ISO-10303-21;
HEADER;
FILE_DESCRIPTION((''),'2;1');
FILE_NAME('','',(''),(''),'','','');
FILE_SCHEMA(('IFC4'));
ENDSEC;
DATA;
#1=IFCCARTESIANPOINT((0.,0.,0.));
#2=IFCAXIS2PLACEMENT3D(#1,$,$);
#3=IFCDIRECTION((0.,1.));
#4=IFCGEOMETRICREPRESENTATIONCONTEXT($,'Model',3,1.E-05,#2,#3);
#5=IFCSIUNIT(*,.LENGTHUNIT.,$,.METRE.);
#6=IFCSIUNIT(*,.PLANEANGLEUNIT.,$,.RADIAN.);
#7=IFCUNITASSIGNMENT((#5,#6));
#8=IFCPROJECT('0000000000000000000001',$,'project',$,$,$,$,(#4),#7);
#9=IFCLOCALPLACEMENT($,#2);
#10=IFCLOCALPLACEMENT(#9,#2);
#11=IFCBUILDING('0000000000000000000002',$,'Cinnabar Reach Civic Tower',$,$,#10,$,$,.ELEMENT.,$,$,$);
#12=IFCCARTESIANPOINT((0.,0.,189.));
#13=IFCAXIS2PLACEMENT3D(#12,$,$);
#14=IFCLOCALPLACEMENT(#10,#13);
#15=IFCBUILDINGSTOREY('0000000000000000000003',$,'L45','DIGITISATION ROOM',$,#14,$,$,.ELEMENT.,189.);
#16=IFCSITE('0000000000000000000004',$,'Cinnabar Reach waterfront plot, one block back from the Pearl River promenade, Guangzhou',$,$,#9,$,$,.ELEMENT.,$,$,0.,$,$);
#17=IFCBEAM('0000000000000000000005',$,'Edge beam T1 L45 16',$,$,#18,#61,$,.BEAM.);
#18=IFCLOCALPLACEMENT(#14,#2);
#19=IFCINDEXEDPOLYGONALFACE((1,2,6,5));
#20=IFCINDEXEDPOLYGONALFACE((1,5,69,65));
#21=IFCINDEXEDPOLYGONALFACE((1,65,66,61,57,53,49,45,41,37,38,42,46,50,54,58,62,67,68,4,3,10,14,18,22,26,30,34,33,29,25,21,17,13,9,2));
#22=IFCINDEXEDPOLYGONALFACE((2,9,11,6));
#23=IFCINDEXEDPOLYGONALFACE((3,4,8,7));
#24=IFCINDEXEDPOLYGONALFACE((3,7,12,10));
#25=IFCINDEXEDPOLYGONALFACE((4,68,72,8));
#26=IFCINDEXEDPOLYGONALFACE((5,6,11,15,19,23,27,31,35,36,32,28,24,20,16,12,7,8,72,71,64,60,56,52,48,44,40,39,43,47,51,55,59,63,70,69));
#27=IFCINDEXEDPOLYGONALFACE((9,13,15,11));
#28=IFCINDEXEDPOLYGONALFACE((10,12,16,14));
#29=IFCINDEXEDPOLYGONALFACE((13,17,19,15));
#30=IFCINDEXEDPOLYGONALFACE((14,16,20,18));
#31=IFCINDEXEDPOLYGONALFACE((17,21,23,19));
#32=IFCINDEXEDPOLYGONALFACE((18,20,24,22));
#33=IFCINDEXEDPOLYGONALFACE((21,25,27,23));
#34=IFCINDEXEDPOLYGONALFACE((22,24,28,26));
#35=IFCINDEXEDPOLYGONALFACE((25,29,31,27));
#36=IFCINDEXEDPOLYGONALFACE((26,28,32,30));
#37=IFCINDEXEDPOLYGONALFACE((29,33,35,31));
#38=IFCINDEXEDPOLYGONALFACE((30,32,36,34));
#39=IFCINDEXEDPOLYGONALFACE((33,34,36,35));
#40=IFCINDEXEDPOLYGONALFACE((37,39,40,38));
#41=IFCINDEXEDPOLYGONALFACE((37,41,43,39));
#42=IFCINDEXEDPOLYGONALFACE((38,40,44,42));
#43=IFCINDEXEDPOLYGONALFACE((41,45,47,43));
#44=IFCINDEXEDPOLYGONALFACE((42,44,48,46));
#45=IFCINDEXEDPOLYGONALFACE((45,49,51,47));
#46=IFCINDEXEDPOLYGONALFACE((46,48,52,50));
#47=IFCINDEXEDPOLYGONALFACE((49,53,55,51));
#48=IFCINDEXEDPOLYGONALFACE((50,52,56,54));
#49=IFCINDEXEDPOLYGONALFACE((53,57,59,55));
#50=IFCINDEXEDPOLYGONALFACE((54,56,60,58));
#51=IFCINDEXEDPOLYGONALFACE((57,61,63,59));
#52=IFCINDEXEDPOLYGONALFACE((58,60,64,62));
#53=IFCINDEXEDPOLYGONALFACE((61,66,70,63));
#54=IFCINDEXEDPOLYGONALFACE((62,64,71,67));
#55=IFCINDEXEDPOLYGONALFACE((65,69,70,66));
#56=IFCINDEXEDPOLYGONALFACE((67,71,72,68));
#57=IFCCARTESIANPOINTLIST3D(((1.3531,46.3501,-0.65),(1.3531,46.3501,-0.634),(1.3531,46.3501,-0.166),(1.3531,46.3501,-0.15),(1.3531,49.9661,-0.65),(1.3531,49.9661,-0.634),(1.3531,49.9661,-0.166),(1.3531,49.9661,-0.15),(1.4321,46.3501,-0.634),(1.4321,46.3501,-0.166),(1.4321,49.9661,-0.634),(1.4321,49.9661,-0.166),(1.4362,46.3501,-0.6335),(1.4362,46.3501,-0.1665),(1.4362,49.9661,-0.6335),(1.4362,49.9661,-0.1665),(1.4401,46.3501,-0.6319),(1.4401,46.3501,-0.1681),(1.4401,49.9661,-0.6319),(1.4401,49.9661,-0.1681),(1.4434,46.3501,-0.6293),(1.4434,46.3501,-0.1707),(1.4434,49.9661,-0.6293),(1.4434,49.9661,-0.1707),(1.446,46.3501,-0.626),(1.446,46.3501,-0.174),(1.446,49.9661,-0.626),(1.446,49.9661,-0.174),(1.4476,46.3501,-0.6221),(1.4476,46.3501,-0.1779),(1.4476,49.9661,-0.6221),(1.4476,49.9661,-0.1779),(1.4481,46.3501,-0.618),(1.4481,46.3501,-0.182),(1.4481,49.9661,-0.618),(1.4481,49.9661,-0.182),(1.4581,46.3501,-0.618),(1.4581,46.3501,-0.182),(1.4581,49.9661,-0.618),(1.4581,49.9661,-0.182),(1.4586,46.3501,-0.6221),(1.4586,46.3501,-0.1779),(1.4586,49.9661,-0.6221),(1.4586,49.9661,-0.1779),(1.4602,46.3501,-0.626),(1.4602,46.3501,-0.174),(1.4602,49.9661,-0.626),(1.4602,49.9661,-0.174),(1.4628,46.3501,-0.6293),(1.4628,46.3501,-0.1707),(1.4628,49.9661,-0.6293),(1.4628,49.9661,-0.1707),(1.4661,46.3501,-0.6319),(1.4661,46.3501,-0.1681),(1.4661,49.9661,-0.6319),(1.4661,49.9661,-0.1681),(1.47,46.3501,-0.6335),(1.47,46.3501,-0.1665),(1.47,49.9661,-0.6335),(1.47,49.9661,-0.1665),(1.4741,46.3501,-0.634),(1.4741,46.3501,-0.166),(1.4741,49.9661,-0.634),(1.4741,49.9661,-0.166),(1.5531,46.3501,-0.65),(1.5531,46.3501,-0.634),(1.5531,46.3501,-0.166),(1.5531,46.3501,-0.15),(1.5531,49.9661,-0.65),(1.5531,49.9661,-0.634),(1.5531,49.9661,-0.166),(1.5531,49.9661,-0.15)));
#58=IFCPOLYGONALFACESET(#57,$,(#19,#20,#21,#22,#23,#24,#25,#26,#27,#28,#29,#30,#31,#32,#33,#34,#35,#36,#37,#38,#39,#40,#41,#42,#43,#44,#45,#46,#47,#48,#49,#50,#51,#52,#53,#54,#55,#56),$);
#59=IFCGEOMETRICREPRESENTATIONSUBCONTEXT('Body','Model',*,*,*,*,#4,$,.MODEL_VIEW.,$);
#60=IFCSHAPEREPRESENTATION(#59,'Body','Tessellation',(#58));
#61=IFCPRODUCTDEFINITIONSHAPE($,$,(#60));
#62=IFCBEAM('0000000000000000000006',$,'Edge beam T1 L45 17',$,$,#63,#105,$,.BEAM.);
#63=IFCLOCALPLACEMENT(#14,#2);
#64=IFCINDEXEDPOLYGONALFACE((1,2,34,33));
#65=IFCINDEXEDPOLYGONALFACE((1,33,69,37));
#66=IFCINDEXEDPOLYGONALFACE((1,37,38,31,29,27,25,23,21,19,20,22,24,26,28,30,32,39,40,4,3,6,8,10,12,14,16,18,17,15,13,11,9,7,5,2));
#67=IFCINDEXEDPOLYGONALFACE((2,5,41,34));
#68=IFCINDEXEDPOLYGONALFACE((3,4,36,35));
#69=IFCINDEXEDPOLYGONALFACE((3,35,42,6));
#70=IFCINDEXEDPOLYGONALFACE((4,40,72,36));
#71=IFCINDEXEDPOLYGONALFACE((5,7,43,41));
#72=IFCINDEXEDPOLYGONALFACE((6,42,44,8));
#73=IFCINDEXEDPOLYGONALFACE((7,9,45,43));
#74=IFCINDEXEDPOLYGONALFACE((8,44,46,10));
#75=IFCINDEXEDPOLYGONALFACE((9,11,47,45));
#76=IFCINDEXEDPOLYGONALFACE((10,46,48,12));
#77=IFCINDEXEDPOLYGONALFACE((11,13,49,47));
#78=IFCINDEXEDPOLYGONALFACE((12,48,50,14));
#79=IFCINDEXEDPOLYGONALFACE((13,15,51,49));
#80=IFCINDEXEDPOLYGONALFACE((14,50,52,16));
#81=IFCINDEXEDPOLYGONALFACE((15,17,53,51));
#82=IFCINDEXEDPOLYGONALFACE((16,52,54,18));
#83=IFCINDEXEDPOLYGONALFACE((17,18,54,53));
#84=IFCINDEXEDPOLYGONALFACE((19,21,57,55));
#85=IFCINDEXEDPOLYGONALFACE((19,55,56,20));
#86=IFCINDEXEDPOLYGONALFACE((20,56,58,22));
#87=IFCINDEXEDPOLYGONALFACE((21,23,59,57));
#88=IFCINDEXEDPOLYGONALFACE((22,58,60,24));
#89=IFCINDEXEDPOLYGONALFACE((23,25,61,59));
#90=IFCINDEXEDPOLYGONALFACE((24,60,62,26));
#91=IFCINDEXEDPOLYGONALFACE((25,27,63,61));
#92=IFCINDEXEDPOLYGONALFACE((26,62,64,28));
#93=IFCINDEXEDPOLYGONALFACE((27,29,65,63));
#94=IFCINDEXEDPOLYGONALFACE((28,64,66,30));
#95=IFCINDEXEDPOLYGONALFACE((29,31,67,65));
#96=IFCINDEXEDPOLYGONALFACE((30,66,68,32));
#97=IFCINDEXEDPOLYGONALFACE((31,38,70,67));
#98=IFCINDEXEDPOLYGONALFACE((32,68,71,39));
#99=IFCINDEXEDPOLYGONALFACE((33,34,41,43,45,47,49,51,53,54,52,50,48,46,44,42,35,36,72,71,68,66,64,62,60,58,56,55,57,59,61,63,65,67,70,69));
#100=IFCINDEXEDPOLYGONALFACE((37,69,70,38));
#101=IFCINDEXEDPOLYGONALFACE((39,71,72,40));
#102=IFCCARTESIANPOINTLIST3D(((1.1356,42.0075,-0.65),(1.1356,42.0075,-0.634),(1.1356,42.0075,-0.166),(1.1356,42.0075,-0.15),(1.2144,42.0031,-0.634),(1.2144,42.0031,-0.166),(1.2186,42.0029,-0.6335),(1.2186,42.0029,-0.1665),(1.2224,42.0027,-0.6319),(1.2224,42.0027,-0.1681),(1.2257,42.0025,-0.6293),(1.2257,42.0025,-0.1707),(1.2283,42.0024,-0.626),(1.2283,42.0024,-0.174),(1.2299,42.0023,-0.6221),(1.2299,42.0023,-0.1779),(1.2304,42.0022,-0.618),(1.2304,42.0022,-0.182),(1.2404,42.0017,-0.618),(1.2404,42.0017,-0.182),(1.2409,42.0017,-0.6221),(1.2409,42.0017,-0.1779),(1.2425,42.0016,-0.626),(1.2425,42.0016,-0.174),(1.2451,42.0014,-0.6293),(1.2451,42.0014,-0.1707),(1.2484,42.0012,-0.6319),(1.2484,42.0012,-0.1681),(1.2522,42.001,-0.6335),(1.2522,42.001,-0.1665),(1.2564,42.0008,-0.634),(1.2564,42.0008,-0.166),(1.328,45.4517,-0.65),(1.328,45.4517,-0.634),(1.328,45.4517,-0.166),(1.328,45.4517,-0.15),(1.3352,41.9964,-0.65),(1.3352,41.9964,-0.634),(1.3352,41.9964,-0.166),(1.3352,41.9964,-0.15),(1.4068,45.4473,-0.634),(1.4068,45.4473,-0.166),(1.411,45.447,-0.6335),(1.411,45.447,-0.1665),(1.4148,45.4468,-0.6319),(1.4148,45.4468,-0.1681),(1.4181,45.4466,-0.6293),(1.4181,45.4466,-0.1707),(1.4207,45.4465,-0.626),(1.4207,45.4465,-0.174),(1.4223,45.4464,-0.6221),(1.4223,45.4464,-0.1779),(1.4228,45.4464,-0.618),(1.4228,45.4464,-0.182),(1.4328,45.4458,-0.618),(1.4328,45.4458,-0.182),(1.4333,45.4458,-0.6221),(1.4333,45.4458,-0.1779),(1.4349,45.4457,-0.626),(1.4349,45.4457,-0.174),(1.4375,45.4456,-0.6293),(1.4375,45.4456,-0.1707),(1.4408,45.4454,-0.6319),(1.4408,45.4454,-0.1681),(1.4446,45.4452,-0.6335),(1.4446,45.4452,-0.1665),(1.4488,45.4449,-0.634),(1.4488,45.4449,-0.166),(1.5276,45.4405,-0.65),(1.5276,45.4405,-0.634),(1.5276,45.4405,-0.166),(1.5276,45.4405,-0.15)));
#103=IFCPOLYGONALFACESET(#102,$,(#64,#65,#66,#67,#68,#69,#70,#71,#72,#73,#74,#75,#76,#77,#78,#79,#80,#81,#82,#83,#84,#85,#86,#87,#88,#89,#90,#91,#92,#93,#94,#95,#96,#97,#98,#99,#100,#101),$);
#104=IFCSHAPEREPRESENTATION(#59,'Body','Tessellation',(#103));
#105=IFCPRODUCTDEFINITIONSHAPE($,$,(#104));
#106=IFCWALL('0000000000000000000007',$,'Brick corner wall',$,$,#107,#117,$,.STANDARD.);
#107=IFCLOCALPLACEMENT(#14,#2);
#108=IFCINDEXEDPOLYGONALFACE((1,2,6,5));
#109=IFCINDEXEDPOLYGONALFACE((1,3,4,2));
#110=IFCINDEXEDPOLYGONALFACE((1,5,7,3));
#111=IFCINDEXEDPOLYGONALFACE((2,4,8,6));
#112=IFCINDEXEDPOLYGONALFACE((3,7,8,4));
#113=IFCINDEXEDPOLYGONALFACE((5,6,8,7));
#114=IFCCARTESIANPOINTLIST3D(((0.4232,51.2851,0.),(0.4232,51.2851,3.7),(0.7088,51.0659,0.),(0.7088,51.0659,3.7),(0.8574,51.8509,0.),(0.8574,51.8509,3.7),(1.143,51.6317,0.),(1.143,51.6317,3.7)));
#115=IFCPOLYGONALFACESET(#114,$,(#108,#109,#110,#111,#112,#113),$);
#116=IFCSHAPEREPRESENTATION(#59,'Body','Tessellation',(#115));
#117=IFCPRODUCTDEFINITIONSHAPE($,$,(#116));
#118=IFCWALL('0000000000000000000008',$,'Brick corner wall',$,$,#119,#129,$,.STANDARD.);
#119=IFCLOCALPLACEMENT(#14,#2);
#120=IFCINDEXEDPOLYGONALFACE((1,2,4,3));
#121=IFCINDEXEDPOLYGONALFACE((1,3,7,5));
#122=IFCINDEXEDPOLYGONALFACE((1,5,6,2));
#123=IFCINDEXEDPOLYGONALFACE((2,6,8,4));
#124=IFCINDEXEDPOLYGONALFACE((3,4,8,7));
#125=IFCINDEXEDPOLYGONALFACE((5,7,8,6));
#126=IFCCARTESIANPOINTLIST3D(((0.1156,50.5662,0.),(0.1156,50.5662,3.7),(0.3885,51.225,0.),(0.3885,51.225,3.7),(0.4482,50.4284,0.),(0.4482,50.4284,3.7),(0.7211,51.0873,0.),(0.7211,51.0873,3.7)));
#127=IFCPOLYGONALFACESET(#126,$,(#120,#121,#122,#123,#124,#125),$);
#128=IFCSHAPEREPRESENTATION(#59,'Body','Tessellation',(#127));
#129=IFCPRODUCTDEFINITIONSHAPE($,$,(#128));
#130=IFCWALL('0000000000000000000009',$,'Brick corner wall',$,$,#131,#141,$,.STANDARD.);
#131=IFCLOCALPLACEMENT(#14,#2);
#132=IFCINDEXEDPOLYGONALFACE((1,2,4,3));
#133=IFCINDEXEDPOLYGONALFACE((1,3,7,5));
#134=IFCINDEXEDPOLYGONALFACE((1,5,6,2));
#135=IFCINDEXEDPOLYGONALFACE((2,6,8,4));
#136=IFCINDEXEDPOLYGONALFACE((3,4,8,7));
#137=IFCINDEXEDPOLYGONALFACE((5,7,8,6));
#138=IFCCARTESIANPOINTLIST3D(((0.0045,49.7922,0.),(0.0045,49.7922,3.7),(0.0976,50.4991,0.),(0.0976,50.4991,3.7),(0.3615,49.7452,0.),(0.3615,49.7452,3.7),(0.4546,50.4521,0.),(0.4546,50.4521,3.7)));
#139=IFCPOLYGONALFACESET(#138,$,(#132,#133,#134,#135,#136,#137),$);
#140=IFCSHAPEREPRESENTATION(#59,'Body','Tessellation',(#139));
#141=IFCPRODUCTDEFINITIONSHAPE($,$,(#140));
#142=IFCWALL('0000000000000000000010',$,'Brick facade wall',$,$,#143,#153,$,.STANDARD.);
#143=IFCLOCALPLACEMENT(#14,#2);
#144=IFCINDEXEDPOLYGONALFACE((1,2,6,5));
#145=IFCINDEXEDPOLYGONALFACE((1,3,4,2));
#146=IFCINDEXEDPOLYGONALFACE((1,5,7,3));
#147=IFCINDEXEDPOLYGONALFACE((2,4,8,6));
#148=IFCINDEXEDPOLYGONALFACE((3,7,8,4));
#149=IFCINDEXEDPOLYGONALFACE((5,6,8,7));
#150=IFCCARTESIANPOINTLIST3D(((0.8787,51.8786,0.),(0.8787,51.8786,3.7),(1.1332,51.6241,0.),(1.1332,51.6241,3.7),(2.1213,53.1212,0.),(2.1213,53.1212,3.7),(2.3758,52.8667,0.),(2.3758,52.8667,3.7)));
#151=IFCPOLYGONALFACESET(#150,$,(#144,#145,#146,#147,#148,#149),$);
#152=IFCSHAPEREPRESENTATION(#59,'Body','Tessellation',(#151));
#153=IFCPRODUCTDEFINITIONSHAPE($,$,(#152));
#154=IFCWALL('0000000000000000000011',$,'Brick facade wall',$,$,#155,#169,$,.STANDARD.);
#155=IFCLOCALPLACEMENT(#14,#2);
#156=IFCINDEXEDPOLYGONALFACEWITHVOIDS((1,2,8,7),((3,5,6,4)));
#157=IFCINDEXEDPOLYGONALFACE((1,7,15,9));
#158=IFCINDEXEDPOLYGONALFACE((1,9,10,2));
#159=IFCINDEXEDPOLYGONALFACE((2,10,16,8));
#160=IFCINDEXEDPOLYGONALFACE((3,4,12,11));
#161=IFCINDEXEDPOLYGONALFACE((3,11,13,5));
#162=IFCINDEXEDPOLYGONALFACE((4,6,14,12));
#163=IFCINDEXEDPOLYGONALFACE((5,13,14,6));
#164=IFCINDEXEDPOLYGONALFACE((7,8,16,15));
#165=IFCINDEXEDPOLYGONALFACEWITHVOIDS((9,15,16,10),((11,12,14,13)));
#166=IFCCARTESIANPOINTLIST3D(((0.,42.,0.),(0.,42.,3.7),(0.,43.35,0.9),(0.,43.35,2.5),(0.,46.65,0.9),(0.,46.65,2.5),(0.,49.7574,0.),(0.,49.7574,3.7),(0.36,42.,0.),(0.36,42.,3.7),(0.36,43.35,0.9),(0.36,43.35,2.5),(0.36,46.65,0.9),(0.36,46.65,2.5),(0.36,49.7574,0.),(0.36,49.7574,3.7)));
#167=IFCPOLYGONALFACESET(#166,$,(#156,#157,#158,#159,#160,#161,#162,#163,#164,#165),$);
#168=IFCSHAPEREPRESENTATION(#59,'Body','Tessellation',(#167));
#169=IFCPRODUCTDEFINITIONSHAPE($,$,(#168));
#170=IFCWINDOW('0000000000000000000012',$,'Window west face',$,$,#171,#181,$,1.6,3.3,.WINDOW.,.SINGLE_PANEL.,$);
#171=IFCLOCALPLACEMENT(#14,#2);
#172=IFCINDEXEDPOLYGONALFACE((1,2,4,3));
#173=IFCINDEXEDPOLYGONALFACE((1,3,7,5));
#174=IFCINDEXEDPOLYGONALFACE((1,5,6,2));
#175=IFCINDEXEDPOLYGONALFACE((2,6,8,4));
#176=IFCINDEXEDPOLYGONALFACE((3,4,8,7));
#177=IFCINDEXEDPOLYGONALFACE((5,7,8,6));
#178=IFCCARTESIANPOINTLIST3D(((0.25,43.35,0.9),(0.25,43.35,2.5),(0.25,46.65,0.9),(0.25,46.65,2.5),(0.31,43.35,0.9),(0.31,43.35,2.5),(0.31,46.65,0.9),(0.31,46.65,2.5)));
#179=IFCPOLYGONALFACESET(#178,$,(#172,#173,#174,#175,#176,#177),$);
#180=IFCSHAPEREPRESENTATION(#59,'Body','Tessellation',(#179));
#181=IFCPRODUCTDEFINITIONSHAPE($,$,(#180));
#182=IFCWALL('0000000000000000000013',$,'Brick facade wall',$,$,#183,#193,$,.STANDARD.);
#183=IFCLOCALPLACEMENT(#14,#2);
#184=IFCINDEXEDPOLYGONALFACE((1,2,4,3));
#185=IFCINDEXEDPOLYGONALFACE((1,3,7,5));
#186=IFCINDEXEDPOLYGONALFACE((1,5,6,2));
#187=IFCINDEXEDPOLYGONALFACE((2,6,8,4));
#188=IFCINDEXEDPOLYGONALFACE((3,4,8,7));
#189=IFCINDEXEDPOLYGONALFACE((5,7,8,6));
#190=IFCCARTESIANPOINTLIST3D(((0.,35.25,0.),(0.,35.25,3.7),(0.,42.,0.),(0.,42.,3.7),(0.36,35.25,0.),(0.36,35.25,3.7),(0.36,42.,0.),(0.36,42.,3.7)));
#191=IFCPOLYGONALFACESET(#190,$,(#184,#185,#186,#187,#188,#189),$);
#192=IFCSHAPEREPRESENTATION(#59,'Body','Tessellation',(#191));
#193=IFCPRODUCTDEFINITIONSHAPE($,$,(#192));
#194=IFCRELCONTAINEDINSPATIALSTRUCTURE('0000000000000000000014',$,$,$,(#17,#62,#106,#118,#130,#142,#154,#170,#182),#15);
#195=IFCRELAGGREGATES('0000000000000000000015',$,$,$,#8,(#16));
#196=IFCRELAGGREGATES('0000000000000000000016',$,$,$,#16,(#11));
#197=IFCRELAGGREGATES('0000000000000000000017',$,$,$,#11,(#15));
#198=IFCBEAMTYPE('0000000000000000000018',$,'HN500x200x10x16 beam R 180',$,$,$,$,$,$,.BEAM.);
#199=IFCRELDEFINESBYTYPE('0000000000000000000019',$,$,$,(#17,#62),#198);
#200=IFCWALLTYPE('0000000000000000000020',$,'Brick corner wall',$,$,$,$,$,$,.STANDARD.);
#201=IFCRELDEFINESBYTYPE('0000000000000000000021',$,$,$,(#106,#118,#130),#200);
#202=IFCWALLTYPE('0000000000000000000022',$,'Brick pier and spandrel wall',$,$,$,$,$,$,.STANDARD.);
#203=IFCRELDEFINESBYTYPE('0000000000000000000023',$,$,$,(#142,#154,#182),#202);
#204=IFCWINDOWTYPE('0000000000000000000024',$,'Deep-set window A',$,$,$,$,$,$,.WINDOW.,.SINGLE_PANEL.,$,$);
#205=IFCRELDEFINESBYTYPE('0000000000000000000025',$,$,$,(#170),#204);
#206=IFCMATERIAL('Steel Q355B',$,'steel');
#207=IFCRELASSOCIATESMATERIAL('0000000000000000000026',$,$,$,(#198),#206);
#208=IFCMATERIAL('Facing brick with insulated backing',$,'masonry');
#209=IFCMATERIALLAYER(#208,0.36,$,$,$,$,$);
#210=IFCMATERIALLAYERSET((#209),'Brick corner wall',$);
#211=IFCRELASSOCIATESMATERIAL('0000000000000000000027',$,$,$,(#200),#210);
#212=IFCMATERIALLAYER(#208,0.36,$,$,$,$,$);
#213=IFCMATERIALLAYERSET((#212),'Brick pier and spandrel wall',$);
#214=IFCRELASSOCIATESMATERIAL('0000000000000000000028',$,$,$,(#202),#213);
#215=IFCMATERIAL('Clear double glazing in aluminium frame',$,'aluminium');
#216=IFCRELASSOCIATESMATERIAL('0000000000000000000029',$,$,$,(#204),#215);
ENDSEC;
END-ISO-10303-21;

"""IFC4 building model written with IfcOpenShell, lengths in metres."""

from ifc_helpers import new_model, si_unit, direction, frame, frame_2d, origin, origin_2d, place, context, subcontext, project, spatial, rectangle, i_section, extrude, material, layer, layer_set, material_profile, profile_set, type_object, element, fill, save


model = new_model("IFC4")

# Units and contexts
model_context = context("Model", 3, precision=1e-05, world=origin(), true_north=direction((0.0, 1.0)))
body_context = subcontext(model_context, "Body", "Model", "MODEL_VIEW")
ifc_project = project(units=[si_unit("LENGTHUNIT", "METRE"), si_unit("PLANEANGLEUNIT", "RADIAN")], contexts=[model_context])

# Site, building, storey
site_placement = place(None, origin())
site = spatial("IfcSite", under=ifc_project, at=site_placement, Name="Cinnabar Reach waterfront plot, one block back from the Pearl River promenade, Guangzhou", CompositionType="ELEMENT", RefElevation=0.0)
building_placement = place(site_placement, origin())
building = spatial("IfcBuilding", under=site, at=building_placement, Name="Cinnabar Reach Civic Tower", CompositionType="ELEMENT")
storey_placement = place(building_placement, frame((0.0, 0.0, 189.0)))
storey = spatial("IfcBuildingStorey", under=building, at=storey_placement, Name="L45", Description="DIGITISATION ROOM", CompositionType="ELEMENT", Elevation=189.0)

# Beams
ifc_material_1 = material(Name="Steel Q355B", Category="steel")
ifc_material_profile_1 = material_profile(ifc_material_1, i_section(OverallWidth=0.2, OverallDepth=0.5, WebThickness=0.01, FlangeThickness=0.016, FilletRadius=0.016, at=origin_2d()), Name="HN500x200x10x16")
ifc_profile_set_1 = profile_set([ifc_material_profile_1], Name="Steel Q355B")
beam_type_1 = type_object("IfcBeamType", Name="HN500x200x10x16 beam R 180", PredefinedType="BEAM", material=ifc_profile_set_1)
beam_1_placement = place(storey_placement, frame((1.4531, 49.9661, -0.4), z_axis=(0.0, -1.0, 0.0), x_axis=(1.0, 0.0, 0.0)))
element("IfcBeam", 1, at=beam_1_placement, inside=storey, type_object=beam_type_1, Name="Edge beam T1 L45 16", PredefinedType="BEAM", context=body_context, shape_type="SweptSolid", body=[
    extrude(i_section(OverallWidth=0.2, OverallDepth=0.5, WebThickness=0.01, FlangeThickness=0.016, FilletRadius=0.016, at=origin_2d()), origin(), (0.0, 0.0, 1.0), 3.616),
])
beam_2_placement = place(storey_placement, frame((1.4278, 45.4461, -0.4), z_axis=(-0.055777, -0.998443, 0.0), x_axis=(0.998443, -0.055777, 0.0)))
element("IfcBeam", 2, at=beam_2_placement, inside=storey, type_object=beam_type_1, Name="Edge beam T1 L45 17", PredefinedType="BEAM", context=body_context, shape_type="SweptSolid", body=[
    extrude(i_section(OverallWidth=0.2, OverallDepth=0.5, WebThickness=0.01, FlangeThickness=0.016, FilletRadius=0.016, at=origin_2d()), origin(), (0.0, 0.0, 1.0), 3.4495),
])

# Walls
ifc_material_2 = material(Name="Facing brick with insulated backing", Category="masonry")
ifc_layer_1 = layer(ifc_material_2, 0.36)
ifc_layer_set_1 = layer_set([ifc_layer_1], Name="Brick corner wall")
wall_type_1 = type_object("IfcWallType", Name="Brick corner wall", PredefinedType="STANDARD", material=ifc_layer_set_1)
wall_1_placement = place(storey_placement, frame((1.0002, 51.7413, 0.0), z_axis=(0.0, 0.0, 1.0), x_axis=(-0.608802, -0.793322, 0.0)))
element("IfcWall", 3, at=wall_1_placement, inside=storey, type_object=wall_type_1, Name="Brick corner wall", PredefinedType="STANDARD", context=body_context, shape_type="SweptSolid", body=[
    extrude(rectangle(XDim=0.7132, YDim=0.36, at=frame_2d((0.3566, 0.0))), origin(), (0.0, 0.0, 1.0), 3.7),
])
for number, where, z_axis, x_axis, name in (
    (4, (0.5548, 51.1561, 0.0), (0.0, 0.0, 1.0), (-0.382703, -0.923872, 0.0), "Brick corner wall"),
    (5, (0.2761, 50.4756, 0.0), (0.0, 0.0, 1.0), (-0.130556, -0.991441, 0.0), "Brick corner wall"),
):
    element("IfcWall", number, at=place(storey_placement, frame(where, z_axis=z_axis, x_axis=x_axis)), inside=storey, type_object=wall_type_1, Name=name, PredefinedType="STANDARD", context=body_context, shape_type="SweptSolid", body=[
        extrude(rectangle(XDim=0.7131, YDim=0.36, at=frame_2d((0.3565, 0.0))), origin(), (0.0, 0.0, 1.0), 3.7),
    ])
ifc_layer_2 = layer(ifc_material_2, 0.36)
ifc_layer_set_2 = layer_set([ifc_layer_2], Name="Brick pier and spandrel wall")
wall_type_2 = type_object("IfcWallType", Name="Brick pier and spandrel wall", PredefinedType="STANDARD", material=ifc_layer_set_2)
wall_2_placement = place(storey_placement, frame((2.2486, 52.994, 0.0), z_axis=(0.0, 0.0, 1.0), x_axis=(-0.707107, -0.707107, 0.0)))
element("IfcWall", 6, at=wall_2_placement, inside=storey, type_object=wall_type_2, Name="Brick facade wall", PredefinedType="STANDARD", context=body_context, shape_type="SweptSolid", body=[
    extrude(rectangle(XDim=1.7573, YDim=0.36, at=frame_2d((0.8787, 0.0))), origin(), (0.0, 0.0, 1.0), 3.7),
])

# Wall, opening, window
wall_3_placement = place(storey_placement, frame((0.18, 49.7574, 0.0), z_axis=(0.0, 0.0, 1.0), x_axis=(0.0, -1.0, 0.0)))
wall_3 = element("IfcWall", 7, at=wall_3_placement, inside=storey, type_object=wall_type_2, Name="Brick facade wall", PredefinedType="STANDARD", context=body_context, shape_type="SweptSolid", body=[
    extrude(rectangle(XDim=7.7574, YDim=0.36, at=frame_2d((3.8787, 0.0))), origin(), (0.0, 0.0, 1.0), 3.7),
])
opening_1_placement = place(wall_3_placement, frame((3.1074, 0.0, 0.9)))
opening_1 = element("IfcOpeningElement", 8, at=opening_1_placement, cuts=wall_3, PredefinedType="OPENING", context=body_context, shape_type="SweptSolid", body=[
    extrude(rectangle(XDim=3.3, YDim=1.6, at=frame_2d((1.65, 0.8))), frame((0.0, 0.19, 0.0), z_axis=(0.0, -1.0, 0.0), x_axis=(1.0, 0.0, 0.0)), (0.0, 0.0, 1.0), 0.38),
])
ifc_material_3 = material(Name="Clear double glazing in aluminium frame", Category="aluminium")
window_type = type_object("IfcWindowType", Name="Deep-set window A", PartitioningType="SINGLE_PANEL", PredefinedType="WINDOW", material=ifc_material_3)
window_placement = place(opening_1_placement, origin())
window = element("IfcWindow", 9, at=window_placement, inside=storey, type_object=window_type, Name="Window west face", OverallHeight=1.6, OverallWidth=3.3, PartitioningType="SINGLE_PANEL", PredefinedType="WINDOW", context=body_context, shape_type="SweptSolid", body=[
    extrude(rectangle(XDim=3.3, YDim=1.6, at=frame_2d((1.65, 0.8))), frame((0.0, 0.13, 0.0), z_axis=(0.0, -1.0, 0.0), x_axis=(1.0, 0.0, 0.0)), (0.0, 0.0, 1.0), 0.06),
])
fill(opening_1, window)

# Wall
wall_4_placement = place(storey_placement, frame((0.18, 42.0, 0.0), z_axis=(0.0, 0.0, 1.0), x_axis=(0.0, -1.0, 0.0)))
element("IfcWall", 10, at=wall_4_placement, inside=storey, type_object=wall_type_2, Name="Brick facade wall", PredefinedType="STANDARD", context=body_context, shape_type="SweptSolid", body=[
    extrude(rectangle(XDim=6.75, YDim=0.36, at=frame_2d((3.375, 0.0))), origin(), (0.0, 0.0, 1.0), 3.7),
])

save(model, "model.ifc")
